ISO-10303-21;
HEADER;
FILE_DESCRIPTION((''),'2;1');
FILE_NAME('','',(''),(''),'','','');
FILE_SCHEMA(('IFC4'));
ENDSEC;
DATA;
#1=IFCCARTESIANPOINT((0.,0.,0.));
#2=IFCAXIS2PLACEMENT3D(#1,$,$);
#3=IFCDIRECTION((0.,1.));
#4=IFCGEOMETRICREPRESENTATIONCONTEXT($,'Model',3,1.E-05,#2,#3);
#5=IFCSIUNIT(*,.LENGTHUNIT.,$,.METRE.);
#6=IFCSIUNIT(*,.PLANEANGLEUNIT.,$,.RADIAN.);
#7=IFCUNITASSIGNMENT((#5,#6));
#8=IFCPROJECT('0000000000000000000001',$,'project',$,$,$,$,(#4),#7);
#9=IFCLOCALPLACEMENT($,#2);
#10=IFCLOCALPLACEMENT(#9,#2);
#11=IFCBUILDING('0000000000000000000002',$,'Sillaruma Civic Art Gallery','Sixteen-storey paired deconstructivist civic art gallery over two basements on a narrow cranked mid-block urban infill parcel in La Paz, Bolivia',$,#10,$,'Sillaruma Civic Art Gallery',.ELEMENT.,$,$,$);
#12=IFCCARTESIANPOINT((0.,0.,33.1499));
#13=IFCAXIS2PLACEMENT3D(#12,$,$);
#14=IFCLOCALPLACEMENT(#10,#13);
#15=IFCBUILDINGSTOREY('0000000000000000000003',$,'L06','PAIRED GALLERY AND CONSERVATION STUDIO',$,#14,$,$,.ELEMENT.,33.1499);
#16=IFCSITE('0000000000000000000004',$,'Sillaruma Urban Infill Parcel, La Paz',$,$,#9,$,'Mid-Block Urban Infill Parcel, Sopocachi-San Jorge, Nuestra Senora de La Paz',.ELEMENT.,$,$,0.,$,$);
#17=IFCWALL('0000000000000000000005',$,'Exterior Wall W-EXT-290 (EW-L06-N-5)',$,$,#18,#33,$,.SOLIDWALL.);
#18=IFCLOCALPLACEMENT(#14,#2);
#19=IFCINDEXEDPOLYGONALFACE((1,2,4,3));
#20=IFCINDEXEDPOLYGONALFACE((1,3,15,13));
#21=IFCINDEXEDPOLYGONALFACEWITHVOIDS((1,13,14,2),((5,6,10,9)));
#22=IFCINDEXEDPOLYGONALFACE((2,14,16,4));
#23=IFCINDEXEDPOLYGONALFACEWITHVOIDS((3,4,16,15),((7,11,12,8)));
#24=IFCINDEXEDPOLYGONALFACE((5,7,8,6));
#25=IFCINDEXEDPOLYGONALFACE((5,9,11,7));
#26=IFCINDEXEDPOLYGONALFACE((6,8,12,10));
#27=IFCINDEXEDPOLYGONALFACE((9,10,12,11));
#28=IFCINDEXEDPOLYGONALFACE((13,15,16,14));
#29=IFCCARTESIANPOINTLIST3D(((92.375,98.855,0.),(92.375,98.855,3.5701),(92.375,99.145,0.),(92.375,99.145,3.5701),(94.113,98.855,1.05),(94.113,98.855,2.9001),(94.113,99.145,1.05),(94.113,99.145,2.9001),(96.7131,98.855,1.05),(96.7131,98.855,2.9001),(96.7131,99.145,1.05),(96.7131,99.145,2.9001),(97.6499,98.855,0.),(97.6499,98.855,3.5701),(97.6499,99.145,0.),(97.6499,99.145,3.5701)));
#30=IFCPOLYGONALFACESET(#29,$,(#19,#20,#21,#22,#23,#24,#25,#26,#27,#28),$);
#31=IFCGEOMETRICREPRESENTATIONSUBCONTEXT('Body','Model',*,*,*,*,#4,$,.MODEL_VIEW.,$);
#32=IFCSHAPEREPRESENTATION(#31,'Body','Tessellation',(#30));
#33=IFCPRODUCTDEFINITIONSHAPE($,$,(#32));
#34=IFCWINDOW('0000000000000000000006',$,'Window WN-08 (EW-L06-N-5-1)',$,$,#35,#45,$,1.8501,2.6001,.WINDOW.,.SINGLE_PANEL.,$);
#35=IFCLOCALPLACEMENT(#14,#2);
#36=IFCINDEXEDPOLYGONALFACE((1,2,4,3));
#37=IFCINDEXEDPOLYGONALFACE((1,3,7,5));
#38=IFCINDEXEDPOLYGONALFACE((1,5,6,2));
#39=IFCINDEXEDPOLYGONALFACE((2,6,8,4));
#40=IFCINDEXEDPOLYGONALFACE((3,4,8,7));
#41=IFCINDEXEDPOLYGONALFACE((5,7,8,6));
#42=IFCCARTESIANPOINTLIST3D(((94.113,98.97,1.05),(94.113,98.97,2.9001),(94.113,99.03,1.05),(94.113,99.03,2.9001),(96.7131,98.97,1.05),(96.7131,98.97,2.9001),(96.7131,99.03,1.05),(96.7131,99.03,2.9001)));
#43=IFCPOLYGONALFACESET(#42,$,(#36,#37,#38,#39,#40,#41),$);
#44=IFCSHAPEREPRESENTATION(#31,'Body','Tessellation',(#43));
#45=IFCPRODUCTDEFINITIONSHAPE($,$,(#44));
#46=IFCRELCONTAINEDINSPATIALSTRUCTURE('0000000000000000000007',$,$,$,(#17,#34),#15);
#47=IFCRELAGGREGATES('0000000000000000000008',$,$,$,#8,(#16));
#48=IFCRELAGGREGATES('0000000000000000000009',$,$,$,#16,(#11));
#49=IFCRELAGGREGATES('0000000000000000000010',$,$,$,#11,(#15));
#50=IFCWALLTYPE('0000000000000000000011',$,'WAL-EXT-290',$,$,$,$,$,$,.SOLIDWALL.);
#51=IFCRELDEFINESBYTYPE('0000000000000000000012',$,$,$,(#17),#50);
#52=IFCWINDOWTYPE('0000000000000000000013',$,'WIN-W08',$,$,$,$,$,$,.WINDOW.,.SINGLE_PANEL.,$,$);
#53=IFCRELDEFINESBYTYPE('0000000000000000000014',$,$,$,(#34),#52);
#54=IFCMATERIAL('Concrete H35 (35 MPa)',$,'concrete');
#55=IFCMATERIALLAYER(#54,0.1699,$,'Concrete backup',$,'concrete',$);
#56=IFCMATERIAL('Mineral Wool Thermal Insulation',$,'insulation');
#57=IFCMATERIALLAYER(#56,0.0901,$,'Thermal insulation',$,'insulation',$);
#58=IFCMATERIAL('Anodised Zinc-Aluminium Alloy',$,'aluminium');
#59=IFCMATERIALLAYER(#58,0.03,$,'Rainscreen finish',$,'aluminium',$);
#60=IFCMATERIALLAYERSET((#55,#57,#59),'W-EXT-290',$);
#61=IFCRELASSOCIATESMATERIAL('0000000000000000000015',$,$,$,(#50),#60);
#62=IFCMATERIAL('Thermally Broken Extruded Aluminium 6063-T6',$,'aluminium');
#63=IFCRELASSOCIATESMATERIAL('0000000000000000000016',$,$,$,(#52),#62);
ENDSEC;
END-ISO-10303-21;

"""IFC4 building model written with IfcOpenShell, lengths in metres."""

from ifc_helpers import new_model, si_unit, direction, frame, frame_2d, origin, place, context, subcontext, project, spatial, rectangle, extrude, material, layer, layer_set, type_object, element, fill, save


model = new_model("IFC4")

# Units and contexts
model_context = context("Model", 3, precision=1e-05, world=origin(), true_north=direction((0.0, 1.0)))
body_context = subcontext(model_context, "Body", "Model", "MODEL_VIEW")
ifc_project = project(units=[si_unit("LENGTHUNIT", "METRE"), si_unit("PLANEANGLEUNIT", "RADIAN")], contexts=[model_context])

# Site, building, storey
site_placement = place(None, origin())
site = spatial("IfcSite", under=ifc_project, at=site_placement, Name="Sillaruma Urban Infill Parcel, La Paz", LongName="Mid-Block Urban Infill Parcel, Sopocachi-San Jorge, Nuestra Senora de La Paz", CompositionType="ELEMENT", RefElevation=0.0)
building_placement = place(site_placement, origin())
building = spatial("IfcBuilding", under=site, at=building_placement, Name="Sillaruma Civic Art Gallery", Description="Sixteen-storey paired deconstructivist civic art gallery over two basements on a narrow cranked mid-block urban infill parcel in La Paz, Bolivia", LongName="Sillaruma Civic Art Gallery", CompositionType="ELEMENT")
storey_placement = place(building_placement, frame((0.0, 0.0, 33.1499)))
storey = spatial("IfcBuildingStorey", under=building, at=storey_placement, Name="L06", Description="PAIRED GALLERY AND CONSERVATION STUDIO", CompositionType="ELEMENT", Elevation=33.1499)

# Shared definitions
ifc_material_1 = material(Name="Concrete H35 (35 MPa)", Category="concrete")

# Shared definitions
ifc_material_2 = material(Name="Thermally Broken Extruded Aluminium 6063-T6", Category="aluminium")

# Wall, opening, window
ifc_layer_1 = layer(ifc_material_1, 0.1699, Name="Concrete backup", Category="concrete")
ifc_material_3 = material(Name="Mineral Wool Thermal Insulation", Category="insulation")
ifc_layer_2 = layer(ifc_material_3, 0.0901, Name="Thermal insulation", Category="insulation")
ifc_material_4 = material(Name="Anodised Zinc-Aluminium Alloy", Category="aluminium")
ifc_layer_3 = layer(ifc_material_4, 0.03, Name="Rainscreen finish", Category="aluminium")
ifc_layer_set_1 = layer_set([ifc_layer_1, ifc_layer_2, ifc_layer_3], Name="W-EXT-290")
wall_type = type_object("IfcWallType", Name="WAL-EXT-290", PredefinedType="SOLIDWALL", material=ifc_layer_set_1)
wall_1_placement = place(storey_placement, frame((92.375, 99.0, 0.0), z_axis=(0.0, 0.0, 1.0), x_axis=(1.0, 0.0, 0.0)))
wall_1 = element("IfcWall", 1, at=wall_1_placement, inside=storey, type_object=wall_type, Name="Exterior Wall W-EXT-290 (EW-L06-N-5)", PredefinedType="SOLIDWALL", context=body_context, shape_type="SweptSolid", body=[
    extrude(rectangle(XDim=5.2749, YDim=0.29, at=frame_2d((2.6375, 0.0))), origin(), (0.0, 0.0, 1.0), 3.5701),
])
opening_1_placement = place(wall_1_placement, frame((1.738, 0.0, 1.05)))
opening_1 = element("IfcOpeningElement", 2, at=opening_1_placement, cuts=wall_1, PredefinedType="OPENING", context=body_context, shape_type="SweptSolid", body=[
    extrude(rectangle(XDim=2.6001, YDim=1.8501, at=frame_2d((1.3, 0.925))), frame((0.0, 0.155, 0.0), z_axis=(0.0, -1.0, 0.0), x_axis=(1.0, 0.0, 0.0)), (0.0, 0.0, 1.0), 0.3101),
])
window_type_1 = type_object("IfcWindowType", Name="WIN-W08", PartitioningType="SINGLE_PANEL", PredefinedType="WINDOW", material=ifc_material_2)
window_1_placement = place(opening_1_placement, origin())
window_1 = element("IfcWindow", 3, at=window_1_placement, inside=storey, type_object=window_type_1, Name="Window WN-08 (EW-L06-N-5-1)", OverallHeight=1.8501, OverallWidth=2.6001, PartitioningType="SINGLE_PANEL", PredefinedType="WINDOW", context=body_context, shape_type="SweptSolid", body=[
    extrude(rectangle(XDim=2.6001, YDim=1.8501, at=frame_2d((1.3, 0.925))), frame((0.0, 0.03, 0.0), z_axis=(0.0, -1.0, 0.0), x_axis=(1.0, 0.0, 0.0)), (0.0, 0.0, 1.0), 0.0601),
])
fill(opening_1, window_1)

save(model, "model.ifc")
